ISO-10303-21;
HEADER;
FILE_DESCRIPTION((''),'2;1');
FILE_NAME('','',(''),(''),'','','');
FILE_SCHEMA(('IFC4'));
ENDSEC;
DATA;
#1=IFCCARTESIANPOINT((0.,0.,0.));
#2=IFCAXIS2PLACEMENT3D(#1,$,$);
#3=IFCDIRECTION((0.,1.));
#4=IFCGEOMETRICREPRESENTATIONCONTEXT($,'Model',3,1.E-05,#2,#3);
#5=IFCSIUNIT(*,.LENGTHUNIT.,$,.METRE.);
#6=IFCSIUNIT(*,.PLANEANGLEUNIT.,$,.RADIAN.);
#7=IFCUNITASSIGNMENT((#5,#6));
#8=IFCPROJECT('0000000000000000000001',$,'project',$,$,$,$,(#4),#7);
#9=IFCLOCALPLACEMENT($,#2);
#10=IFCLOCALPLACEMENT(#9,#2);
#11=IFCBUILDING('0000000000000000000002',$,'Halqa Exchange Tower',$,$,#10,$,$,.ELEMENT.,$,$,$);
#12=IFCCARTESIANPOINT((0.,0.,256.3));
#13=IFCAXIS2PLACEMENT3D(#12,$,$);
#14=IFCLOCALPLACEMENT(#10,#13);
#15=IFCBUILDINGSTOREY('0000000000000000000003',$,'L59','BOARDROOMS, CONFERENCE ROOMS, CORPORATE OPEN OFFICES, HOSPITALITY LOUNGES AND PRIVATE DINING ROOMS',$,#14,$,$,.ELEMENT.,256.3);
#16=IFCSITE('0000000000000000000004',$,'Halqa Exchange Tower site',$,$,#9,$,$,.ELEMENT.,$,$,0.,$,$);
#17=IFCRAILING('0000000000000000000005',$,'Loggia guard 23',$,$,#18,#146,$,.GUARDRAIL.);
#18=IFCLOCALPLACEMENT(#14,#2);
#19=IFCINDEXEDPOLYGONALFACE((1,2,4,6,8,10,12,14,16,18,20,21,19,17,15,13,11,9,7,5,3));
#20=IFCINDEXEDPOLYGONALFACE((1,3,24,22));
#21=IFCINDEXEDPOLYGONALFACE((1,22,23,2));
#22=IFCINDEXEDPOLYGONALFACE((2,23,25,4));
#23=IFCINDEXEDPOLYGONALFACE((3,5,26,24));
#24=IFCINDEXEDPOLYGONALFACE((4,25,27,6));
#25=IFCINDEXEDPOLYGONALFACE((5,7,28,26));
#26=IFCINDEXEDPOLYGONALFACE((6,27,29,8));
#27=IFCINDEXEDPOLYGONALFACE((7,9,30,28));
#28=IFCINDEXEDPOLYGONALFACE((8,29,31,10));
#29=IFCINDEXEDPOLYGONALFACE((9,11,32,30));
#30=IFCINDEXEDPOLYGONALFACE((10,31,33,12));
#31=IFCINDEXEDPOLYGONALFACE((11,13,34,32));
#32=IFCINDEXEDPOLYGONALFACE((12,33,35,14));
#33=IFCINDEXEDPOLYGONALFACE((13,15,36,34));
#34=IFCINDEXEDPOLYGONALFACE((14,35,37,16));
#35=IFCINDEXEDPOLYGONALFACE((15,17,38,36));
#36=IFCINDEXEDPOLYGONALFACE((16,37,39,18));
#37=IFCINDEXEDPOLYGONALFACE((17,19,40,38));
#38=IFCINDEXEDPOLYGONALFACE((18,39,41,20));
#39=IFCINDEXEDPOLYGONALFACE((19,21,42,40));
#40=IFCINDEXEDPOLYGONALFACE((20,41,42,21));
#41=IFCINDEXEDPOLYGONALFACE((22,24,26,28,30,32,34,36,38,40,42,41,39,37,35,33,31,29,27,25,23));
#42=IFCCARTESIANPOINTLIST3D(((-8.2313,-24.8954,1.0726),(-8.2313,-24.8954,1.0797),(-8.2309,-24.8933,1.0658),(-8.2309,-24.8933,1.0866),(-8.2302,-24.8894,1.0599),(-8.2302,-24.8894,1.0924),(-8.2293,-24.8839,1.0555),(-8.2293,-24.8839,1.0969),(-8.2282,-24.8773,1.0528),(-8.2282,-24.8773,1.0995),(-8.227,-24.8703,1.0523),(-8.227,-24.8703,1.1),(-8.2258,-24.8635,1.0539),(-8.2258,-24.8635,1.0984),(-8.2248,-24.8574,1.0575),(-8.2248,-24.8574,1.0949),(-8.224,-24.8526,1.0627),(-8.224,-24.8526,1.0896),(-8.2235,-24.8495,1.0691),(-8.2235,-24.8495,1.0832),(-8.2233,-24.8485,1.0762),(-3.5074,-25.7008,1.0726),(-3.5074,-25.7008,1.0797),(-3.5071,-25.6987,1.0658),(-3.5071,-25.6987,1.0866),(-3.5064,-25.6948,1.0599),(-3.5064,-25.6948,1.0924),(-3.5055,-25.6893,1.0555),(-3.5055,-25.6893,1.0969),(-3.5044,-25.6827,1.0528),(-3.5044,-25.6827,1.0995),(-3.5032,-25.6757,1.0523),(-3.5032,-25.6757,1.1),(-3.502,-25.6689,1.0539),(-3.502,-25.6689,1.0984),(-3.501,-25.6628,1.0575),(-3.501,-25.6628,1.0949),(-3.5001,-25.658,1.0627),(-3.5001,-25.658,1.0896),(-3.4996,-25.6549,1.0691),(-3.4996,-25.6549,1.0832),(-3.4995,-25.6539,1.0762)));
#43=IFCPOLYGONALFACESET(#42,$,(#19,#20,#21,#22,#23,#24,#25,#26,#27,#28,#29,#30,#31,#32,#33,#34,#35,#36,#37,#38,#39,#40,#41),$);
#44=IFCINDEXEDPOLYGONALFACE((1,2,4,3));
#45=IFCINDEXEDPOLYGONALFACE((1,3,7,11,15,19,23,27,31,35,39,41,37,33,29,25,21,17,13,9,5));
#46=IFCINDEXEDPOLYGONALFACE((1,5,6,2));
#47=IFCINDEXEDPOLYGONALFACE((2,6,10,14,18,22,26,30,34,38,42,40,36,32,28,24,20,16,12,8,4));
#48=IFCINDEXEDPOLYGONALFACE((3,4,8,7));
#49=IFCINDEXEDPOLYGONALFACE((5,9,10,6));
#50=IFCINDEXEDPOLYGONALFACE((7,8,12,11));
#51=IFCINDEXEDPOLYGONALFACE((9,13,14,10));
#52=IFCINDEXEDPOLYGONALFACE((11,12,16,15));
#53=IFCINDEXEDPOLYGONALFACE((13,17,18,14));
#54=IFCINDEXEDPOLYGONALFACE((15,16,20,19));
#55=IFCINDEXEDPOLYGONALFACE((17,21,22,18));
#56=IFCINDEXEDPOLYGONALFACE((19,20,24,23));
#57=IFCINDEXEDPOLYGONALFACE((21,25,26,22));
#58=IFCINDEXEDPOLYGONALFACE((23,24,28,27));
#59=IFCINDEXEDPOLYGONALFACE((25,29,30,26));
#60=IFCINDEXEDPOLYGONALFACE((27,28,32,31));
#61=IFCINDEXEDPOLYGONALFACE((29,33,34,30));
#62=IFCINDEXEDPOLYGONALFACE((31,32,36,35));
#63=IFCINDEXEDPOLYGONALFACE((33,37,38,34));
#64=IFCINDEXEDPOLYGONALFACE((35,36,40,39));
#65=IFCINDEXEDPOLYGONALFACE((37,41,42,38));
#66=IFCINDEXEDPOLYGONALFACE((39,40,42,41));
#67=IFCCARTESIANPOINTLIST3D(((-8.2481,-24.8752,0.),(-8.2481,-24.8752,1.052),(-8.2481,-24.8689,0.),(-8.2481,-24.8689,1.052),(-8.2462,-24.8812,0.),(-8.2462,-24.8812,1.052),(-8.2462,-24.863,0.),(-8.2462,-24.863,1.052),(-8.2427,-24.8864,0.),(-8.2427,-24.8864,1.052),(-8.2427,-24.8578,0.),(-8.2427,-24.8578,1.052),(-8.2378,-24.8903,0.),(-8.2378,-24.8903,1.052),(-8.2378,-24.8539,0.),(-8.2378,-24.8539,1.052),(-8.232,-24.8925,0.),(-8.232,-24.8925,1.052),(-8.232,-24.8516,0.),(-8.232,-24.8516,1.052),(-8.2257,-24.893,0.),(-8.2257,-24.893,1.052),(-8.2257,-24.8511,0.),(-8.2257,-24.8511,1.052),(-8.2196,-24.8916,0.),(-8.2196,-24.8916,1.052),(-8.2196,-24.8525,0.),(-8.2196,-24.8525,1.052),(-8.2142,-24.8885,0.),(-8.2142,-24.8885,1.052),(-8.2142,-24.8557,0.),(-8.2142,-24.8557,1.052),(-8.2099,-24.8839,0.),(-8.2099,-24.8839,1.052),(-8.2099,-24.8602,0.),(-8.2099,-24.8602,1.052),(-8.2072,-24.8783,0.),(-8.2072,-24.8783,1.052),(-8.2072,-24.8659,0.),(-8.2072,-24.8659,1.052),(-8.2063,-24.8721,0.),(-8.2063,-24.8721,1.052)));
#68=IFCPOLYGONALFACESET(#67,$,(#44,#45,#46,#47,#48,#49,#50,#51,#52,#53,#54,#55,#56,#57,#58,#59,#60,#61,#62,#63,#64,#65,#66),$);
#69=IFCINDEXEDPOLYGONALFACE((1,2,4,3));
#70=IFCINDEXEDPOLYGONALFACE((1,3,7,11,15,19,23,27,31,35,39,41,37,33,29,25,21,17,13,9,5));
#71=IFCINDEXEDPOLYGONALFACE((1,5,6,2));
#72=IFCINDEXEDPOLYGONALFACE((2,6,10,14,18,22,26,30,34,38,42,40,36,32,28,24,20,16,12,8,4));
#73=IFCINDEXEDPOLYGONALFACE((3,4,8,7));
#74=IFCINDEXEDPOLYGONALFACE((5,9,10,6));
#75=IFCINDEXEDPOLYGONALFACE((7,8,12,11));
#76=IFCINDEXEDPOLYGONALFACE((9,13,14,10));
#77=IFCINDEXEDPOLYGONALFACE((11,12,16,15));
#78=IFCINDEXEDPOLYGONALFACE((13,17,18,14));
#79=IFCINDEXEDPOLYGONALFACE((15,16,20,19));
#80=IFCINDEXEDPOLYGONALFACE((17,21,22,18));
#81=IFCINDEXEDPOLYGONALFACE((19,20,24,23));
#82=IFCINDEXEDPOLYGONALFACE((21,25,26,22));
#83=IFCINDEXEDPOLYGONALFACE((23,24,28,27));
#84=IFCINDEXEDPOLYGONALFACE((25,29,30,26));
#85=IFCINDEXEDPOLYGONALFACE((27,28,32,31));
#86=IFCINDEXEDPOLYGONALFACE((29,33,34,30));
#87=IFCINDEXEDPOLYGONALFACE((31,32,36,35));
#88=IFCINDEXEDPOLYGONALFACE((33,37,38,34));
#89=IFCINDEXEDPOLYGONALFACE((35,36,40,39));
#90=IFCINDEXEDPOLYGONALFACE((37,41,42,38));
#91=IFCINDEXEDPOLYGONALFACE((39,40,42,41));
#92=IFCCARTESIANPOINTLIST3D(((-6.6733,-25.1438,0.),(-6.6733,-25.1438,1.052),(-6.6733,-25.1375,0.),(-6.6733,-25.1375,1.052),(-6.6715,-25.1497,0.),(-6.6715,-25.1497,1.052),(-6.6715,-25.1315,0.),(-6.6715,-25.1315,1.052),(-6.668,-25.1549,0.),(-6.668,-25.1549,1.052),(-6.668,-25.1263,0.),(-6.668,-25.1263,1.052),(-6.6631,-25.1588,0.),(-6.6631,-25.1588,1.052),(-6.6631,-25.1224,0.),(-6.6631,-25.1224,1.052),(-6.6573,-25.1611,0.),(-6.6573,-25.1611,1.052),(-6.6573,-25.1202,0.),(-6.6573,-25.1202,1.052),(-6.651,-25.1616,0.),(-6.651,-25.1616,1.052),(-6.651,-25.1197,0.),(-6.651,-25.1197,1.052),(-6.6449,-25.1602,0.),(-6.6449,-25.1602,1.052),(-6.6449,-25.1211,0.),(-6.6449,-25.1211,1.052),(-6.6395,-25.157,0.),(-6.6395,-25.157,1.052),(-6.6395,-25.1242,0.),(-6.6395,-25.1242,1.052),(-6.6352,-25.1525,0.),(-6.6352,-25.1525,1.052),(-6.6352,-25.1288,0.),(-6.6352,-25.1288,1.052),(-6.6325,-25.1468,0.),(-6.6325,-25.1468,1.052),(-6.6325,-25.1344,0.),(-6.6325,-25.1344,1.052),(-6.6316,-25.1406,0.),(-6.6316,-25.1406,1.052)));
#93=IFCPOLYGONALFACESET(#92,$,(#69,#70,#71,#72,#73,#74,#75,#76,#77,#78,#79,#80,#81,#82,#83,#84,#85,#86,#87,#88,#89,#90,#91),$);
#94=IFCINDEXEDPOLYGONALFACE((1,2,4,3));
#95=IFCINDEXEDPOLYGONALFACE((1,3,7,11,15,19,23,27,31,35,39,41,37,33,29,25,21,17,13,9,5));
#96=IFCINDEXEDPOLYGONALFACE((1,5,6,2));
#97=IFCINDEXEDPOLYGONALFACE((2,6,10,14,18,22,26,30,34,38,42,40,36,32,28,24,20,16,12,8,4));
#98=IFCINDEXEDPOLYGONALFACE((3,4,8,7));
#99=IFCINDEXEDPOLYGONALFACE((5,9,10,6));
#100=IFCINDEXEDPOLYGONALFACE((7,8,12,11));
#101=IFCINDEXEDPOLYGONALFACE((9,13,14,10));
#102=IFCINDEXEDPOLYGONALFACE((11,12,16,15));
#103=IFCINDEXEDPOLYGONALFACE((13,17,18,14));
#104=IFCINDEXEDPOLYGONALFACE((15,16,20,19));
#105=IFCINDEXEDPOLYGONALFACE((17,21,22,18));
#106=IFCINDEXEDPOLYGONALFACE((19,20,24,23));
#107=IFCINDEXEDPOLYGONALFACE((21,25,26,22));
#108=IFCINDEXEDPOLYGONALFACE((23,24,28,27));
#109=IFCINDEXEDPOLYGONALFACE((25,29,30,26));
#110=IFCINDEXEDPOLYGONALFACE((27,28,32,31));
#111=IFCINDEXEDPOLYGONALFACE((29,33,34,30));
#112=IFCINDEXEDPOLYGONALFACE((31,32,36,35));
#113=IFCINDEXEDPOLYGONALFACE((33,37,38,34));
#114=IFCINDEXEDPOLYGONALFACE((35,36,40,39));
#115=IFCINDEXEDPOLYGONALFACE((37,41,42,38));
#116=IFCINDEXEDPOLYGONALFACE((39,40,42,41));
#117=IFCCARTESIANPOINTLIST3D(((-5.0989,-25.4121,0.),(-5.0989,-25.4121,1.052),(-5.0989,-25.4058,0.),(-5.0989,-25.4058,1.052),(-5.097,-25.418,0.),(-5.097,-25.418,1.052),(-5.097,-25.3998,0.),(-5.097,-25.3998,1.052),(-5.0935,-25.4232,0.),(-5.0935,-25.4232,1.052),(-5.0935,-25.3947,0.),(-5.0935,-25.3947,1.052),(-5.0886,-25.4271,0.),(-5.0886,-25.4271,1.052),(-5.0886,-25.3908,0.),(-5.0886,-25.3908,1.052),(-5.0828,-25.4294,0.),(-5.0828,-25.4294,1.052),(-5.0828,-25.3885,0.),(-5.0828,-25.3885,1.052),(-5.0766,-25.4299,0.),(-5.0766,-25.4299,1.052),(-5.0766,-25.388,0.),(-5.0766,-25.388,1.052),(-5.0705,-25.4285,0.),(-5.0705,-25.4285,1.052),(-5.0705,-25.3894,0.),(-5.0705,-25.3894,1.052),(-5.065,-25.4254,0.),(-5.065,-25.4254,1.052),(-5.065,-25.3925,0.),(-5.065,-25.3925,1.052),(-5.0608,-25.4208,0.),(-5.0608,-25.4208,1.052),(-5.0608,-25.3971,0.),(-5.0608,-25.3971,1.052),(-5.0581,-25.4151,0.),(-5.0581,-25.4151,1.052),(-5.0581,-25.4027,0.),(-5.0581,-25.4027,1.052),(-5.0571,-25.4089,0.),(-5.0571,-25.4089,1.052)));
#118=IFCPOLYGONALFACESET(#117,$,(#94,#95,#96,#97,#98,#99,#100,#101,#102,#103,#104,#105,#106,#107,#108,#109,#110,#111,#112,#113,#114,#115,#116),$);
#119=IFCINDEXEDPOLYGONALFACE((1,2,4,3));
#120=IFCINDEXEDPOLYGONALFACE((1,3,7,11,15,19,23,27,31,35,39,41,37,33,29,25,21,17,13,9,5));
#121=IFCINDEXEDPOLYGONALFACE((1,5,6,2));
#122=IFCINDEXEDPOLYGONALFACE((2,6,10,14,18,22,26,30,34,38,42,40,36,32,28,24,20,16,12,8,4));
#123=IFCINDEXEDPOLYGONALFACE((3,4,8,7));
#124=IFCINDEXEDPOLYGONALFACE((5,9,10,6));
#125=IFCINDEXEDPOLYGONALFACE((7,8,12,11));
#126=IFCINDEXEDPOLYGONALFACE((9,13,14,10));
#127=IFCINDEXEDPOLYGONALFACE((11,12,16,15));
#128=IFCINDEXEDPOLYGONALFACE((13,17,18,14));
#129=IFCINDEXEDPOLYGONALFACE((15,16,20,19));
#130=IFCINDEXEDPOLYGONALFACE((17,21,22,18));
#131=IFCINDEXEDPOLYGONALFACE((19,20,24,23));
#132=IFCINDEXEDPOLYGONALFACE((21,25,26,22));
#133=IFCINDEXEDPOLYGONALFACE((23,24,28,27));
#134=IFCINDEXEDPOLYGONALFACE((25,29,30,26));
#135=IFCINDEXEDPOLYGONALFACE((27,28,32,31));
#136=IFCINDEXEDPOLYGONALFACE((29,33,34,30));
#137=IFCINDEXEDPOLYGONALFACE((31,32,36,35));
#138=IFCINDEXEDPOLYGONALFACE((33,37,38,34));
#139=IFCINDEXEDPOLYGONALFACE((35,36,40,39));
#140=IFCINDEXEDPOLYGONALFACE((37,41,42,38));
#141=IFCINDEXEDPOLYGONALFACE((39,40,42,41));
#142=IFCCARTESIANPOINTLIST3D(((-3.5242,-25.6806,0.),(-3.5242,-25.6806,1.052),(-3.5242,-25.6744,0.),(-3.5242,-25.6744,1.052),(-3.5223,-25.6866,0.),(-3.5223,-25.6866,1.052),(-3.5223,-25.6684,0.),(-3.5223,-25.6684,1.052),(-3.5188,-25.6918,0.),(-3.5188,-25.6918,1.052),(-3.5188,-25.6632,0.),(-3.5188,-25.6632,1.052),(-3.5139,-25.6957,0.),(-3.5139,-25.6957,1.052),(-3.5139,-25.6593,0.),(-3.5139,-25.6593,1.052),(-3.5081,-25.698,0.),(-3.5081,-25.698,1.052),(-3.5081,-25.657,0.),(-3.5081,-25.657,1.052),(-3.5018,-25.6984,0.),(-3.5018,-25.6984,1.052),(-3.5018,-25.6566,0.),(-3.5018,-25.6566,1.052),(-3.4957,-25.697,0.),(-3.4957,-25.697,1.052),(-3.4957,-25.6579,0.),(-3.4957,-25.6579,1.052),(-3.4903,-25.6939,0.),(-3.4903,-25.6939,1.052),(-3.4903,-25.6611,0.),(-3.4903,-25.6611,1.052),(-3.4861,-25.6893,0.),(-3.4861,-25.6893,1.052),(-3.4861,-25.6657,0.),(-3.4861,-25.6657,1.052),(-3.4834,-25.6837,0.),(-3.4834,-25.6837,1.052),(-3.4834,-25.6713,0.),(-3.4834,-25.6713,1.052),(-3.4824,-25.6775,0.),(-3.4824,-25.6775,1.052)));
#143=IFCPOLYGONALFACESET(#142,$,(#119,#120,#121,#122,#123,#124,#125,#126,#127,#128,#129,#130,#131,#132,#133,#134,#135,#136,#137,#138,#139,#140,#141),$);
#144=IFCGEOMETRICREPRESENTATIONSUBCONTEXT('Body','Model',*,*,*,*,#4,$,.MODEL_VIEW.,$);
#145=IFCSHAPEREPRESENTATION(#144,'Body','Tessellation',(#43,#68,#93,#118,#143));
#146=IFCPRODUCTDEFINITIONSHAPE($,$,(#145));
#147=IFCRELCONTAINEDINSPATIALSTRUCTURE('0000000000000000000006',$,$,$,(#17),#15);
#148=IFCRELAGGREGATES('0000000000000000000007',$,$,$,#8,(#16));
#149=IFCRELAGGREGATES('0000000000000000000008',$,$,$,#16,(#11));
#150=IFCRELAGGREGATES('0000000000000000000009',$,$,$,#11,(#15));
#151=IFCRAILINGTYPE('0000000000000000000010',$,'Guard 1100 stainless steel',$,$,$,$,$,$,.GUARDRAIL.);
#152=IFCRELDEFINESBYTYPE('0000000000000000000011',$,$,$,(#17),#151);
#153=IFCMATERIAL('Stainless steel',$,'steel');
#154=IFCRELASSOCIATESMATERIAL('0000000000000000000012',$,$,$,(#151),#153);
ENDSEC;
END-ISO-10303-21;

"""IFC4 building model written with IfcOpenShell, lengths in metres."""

from ifc_helpers import new_model, si_unit, direction, frame, origin, origin_2d, place, context, subcontext, project, spatial, circle, extrude, material, type_object, element, save


model = new_model("IFC4")

# Units and contexts
model_context = context("Model", 3, precision=1e-05, world=origin(), true_north=direction((0.0, 1.0)))
body_context = subcontext(model_context, "Body", "Model", "MODEL_VIEW")
ifc_project = project(units=[si_unit("LENGTHUNIT", "METRE"), si_unit("PLANEANGLEUNIT", "RADIAN")], contexts=[model_context])

# Site, building, storey
site_placement = place(None, origin())
site = spatial("IfcSite", under=ifc_project, at=site_placement, Name="Halqa Exchange Tower site", CompositionType="ELEMENT", RefElevation=0.0)
building_placement = place(site_placement, origin())
building = spatial("IfcBuilding", under=site, at=building_placement, Name="Halqa Exchange Tower", CompositionType="ELEMENT")
storey_placement = place(building_placement, frame((0.0, 0.0, 256.3)))
storey = spatial("IfcBuildingStorey", under=building, at=storey_placement, Name="L59", Description="BOARDROOMS, CONFERENCE ROOMS, CORPORATE OPEN OFFICES, HOSPITALITY LOUNGES AND PRIVATE DINING ROOMS", CompositionType="ELEMENT", Elevation=256.3)

# Railing
ifc_material_1 = material(Name="Stainless steel", Category="steel")
railing_type = type_object("IfcRailingType", Name="Guard 1100 stainless steel", PredefinedType="GUARDRAIL", material=ifc_material_1)
railing_1_placement = place(storey_placement, frame((-8.2273, -24.8721, 0.0)))
element("IfcRailing", 1, at=railing_1_placement, inside=storey, type_object=railing_type, Name="Loggia guard 23", PredefinedType="GUARDRAIL", context=body_context, shape_type="SweptSolid", body=[
    extrude(circle(Radius=0.0239, at=origin_2d()), frame((0.0, 0.0, 1.0762), z_axis=(0.985774, -0.168074, 0.0), x_axis=(0.168074, 0.985774, 0.0)), (0.0, 0.0, 1.0), 4.792),
    extrude(circle(Radius=0.021, at=origin_2d()), origin(), (0.0, 0.0, 1.0), 1.052),
    extrude(circle(Radius=0.021, at=origin_2d()), frame((1.5747, -0.2686, 0.0)), (0.0, 0.0, 1.0), 1.052),
    extrude(circle(Radius=0.021, at=origin_2d()), frame((3.1492, -0.5369, 0.0)), (0.0, 0.0, 1.0), 1.052),
    extrude(circle(Radius=0.021, at=origin_2d()), frame((4.7239, -0.8054, 0.0)), (0.0, 0.0, 1.0), 1.052),
])

save(model, "model.ifc")
